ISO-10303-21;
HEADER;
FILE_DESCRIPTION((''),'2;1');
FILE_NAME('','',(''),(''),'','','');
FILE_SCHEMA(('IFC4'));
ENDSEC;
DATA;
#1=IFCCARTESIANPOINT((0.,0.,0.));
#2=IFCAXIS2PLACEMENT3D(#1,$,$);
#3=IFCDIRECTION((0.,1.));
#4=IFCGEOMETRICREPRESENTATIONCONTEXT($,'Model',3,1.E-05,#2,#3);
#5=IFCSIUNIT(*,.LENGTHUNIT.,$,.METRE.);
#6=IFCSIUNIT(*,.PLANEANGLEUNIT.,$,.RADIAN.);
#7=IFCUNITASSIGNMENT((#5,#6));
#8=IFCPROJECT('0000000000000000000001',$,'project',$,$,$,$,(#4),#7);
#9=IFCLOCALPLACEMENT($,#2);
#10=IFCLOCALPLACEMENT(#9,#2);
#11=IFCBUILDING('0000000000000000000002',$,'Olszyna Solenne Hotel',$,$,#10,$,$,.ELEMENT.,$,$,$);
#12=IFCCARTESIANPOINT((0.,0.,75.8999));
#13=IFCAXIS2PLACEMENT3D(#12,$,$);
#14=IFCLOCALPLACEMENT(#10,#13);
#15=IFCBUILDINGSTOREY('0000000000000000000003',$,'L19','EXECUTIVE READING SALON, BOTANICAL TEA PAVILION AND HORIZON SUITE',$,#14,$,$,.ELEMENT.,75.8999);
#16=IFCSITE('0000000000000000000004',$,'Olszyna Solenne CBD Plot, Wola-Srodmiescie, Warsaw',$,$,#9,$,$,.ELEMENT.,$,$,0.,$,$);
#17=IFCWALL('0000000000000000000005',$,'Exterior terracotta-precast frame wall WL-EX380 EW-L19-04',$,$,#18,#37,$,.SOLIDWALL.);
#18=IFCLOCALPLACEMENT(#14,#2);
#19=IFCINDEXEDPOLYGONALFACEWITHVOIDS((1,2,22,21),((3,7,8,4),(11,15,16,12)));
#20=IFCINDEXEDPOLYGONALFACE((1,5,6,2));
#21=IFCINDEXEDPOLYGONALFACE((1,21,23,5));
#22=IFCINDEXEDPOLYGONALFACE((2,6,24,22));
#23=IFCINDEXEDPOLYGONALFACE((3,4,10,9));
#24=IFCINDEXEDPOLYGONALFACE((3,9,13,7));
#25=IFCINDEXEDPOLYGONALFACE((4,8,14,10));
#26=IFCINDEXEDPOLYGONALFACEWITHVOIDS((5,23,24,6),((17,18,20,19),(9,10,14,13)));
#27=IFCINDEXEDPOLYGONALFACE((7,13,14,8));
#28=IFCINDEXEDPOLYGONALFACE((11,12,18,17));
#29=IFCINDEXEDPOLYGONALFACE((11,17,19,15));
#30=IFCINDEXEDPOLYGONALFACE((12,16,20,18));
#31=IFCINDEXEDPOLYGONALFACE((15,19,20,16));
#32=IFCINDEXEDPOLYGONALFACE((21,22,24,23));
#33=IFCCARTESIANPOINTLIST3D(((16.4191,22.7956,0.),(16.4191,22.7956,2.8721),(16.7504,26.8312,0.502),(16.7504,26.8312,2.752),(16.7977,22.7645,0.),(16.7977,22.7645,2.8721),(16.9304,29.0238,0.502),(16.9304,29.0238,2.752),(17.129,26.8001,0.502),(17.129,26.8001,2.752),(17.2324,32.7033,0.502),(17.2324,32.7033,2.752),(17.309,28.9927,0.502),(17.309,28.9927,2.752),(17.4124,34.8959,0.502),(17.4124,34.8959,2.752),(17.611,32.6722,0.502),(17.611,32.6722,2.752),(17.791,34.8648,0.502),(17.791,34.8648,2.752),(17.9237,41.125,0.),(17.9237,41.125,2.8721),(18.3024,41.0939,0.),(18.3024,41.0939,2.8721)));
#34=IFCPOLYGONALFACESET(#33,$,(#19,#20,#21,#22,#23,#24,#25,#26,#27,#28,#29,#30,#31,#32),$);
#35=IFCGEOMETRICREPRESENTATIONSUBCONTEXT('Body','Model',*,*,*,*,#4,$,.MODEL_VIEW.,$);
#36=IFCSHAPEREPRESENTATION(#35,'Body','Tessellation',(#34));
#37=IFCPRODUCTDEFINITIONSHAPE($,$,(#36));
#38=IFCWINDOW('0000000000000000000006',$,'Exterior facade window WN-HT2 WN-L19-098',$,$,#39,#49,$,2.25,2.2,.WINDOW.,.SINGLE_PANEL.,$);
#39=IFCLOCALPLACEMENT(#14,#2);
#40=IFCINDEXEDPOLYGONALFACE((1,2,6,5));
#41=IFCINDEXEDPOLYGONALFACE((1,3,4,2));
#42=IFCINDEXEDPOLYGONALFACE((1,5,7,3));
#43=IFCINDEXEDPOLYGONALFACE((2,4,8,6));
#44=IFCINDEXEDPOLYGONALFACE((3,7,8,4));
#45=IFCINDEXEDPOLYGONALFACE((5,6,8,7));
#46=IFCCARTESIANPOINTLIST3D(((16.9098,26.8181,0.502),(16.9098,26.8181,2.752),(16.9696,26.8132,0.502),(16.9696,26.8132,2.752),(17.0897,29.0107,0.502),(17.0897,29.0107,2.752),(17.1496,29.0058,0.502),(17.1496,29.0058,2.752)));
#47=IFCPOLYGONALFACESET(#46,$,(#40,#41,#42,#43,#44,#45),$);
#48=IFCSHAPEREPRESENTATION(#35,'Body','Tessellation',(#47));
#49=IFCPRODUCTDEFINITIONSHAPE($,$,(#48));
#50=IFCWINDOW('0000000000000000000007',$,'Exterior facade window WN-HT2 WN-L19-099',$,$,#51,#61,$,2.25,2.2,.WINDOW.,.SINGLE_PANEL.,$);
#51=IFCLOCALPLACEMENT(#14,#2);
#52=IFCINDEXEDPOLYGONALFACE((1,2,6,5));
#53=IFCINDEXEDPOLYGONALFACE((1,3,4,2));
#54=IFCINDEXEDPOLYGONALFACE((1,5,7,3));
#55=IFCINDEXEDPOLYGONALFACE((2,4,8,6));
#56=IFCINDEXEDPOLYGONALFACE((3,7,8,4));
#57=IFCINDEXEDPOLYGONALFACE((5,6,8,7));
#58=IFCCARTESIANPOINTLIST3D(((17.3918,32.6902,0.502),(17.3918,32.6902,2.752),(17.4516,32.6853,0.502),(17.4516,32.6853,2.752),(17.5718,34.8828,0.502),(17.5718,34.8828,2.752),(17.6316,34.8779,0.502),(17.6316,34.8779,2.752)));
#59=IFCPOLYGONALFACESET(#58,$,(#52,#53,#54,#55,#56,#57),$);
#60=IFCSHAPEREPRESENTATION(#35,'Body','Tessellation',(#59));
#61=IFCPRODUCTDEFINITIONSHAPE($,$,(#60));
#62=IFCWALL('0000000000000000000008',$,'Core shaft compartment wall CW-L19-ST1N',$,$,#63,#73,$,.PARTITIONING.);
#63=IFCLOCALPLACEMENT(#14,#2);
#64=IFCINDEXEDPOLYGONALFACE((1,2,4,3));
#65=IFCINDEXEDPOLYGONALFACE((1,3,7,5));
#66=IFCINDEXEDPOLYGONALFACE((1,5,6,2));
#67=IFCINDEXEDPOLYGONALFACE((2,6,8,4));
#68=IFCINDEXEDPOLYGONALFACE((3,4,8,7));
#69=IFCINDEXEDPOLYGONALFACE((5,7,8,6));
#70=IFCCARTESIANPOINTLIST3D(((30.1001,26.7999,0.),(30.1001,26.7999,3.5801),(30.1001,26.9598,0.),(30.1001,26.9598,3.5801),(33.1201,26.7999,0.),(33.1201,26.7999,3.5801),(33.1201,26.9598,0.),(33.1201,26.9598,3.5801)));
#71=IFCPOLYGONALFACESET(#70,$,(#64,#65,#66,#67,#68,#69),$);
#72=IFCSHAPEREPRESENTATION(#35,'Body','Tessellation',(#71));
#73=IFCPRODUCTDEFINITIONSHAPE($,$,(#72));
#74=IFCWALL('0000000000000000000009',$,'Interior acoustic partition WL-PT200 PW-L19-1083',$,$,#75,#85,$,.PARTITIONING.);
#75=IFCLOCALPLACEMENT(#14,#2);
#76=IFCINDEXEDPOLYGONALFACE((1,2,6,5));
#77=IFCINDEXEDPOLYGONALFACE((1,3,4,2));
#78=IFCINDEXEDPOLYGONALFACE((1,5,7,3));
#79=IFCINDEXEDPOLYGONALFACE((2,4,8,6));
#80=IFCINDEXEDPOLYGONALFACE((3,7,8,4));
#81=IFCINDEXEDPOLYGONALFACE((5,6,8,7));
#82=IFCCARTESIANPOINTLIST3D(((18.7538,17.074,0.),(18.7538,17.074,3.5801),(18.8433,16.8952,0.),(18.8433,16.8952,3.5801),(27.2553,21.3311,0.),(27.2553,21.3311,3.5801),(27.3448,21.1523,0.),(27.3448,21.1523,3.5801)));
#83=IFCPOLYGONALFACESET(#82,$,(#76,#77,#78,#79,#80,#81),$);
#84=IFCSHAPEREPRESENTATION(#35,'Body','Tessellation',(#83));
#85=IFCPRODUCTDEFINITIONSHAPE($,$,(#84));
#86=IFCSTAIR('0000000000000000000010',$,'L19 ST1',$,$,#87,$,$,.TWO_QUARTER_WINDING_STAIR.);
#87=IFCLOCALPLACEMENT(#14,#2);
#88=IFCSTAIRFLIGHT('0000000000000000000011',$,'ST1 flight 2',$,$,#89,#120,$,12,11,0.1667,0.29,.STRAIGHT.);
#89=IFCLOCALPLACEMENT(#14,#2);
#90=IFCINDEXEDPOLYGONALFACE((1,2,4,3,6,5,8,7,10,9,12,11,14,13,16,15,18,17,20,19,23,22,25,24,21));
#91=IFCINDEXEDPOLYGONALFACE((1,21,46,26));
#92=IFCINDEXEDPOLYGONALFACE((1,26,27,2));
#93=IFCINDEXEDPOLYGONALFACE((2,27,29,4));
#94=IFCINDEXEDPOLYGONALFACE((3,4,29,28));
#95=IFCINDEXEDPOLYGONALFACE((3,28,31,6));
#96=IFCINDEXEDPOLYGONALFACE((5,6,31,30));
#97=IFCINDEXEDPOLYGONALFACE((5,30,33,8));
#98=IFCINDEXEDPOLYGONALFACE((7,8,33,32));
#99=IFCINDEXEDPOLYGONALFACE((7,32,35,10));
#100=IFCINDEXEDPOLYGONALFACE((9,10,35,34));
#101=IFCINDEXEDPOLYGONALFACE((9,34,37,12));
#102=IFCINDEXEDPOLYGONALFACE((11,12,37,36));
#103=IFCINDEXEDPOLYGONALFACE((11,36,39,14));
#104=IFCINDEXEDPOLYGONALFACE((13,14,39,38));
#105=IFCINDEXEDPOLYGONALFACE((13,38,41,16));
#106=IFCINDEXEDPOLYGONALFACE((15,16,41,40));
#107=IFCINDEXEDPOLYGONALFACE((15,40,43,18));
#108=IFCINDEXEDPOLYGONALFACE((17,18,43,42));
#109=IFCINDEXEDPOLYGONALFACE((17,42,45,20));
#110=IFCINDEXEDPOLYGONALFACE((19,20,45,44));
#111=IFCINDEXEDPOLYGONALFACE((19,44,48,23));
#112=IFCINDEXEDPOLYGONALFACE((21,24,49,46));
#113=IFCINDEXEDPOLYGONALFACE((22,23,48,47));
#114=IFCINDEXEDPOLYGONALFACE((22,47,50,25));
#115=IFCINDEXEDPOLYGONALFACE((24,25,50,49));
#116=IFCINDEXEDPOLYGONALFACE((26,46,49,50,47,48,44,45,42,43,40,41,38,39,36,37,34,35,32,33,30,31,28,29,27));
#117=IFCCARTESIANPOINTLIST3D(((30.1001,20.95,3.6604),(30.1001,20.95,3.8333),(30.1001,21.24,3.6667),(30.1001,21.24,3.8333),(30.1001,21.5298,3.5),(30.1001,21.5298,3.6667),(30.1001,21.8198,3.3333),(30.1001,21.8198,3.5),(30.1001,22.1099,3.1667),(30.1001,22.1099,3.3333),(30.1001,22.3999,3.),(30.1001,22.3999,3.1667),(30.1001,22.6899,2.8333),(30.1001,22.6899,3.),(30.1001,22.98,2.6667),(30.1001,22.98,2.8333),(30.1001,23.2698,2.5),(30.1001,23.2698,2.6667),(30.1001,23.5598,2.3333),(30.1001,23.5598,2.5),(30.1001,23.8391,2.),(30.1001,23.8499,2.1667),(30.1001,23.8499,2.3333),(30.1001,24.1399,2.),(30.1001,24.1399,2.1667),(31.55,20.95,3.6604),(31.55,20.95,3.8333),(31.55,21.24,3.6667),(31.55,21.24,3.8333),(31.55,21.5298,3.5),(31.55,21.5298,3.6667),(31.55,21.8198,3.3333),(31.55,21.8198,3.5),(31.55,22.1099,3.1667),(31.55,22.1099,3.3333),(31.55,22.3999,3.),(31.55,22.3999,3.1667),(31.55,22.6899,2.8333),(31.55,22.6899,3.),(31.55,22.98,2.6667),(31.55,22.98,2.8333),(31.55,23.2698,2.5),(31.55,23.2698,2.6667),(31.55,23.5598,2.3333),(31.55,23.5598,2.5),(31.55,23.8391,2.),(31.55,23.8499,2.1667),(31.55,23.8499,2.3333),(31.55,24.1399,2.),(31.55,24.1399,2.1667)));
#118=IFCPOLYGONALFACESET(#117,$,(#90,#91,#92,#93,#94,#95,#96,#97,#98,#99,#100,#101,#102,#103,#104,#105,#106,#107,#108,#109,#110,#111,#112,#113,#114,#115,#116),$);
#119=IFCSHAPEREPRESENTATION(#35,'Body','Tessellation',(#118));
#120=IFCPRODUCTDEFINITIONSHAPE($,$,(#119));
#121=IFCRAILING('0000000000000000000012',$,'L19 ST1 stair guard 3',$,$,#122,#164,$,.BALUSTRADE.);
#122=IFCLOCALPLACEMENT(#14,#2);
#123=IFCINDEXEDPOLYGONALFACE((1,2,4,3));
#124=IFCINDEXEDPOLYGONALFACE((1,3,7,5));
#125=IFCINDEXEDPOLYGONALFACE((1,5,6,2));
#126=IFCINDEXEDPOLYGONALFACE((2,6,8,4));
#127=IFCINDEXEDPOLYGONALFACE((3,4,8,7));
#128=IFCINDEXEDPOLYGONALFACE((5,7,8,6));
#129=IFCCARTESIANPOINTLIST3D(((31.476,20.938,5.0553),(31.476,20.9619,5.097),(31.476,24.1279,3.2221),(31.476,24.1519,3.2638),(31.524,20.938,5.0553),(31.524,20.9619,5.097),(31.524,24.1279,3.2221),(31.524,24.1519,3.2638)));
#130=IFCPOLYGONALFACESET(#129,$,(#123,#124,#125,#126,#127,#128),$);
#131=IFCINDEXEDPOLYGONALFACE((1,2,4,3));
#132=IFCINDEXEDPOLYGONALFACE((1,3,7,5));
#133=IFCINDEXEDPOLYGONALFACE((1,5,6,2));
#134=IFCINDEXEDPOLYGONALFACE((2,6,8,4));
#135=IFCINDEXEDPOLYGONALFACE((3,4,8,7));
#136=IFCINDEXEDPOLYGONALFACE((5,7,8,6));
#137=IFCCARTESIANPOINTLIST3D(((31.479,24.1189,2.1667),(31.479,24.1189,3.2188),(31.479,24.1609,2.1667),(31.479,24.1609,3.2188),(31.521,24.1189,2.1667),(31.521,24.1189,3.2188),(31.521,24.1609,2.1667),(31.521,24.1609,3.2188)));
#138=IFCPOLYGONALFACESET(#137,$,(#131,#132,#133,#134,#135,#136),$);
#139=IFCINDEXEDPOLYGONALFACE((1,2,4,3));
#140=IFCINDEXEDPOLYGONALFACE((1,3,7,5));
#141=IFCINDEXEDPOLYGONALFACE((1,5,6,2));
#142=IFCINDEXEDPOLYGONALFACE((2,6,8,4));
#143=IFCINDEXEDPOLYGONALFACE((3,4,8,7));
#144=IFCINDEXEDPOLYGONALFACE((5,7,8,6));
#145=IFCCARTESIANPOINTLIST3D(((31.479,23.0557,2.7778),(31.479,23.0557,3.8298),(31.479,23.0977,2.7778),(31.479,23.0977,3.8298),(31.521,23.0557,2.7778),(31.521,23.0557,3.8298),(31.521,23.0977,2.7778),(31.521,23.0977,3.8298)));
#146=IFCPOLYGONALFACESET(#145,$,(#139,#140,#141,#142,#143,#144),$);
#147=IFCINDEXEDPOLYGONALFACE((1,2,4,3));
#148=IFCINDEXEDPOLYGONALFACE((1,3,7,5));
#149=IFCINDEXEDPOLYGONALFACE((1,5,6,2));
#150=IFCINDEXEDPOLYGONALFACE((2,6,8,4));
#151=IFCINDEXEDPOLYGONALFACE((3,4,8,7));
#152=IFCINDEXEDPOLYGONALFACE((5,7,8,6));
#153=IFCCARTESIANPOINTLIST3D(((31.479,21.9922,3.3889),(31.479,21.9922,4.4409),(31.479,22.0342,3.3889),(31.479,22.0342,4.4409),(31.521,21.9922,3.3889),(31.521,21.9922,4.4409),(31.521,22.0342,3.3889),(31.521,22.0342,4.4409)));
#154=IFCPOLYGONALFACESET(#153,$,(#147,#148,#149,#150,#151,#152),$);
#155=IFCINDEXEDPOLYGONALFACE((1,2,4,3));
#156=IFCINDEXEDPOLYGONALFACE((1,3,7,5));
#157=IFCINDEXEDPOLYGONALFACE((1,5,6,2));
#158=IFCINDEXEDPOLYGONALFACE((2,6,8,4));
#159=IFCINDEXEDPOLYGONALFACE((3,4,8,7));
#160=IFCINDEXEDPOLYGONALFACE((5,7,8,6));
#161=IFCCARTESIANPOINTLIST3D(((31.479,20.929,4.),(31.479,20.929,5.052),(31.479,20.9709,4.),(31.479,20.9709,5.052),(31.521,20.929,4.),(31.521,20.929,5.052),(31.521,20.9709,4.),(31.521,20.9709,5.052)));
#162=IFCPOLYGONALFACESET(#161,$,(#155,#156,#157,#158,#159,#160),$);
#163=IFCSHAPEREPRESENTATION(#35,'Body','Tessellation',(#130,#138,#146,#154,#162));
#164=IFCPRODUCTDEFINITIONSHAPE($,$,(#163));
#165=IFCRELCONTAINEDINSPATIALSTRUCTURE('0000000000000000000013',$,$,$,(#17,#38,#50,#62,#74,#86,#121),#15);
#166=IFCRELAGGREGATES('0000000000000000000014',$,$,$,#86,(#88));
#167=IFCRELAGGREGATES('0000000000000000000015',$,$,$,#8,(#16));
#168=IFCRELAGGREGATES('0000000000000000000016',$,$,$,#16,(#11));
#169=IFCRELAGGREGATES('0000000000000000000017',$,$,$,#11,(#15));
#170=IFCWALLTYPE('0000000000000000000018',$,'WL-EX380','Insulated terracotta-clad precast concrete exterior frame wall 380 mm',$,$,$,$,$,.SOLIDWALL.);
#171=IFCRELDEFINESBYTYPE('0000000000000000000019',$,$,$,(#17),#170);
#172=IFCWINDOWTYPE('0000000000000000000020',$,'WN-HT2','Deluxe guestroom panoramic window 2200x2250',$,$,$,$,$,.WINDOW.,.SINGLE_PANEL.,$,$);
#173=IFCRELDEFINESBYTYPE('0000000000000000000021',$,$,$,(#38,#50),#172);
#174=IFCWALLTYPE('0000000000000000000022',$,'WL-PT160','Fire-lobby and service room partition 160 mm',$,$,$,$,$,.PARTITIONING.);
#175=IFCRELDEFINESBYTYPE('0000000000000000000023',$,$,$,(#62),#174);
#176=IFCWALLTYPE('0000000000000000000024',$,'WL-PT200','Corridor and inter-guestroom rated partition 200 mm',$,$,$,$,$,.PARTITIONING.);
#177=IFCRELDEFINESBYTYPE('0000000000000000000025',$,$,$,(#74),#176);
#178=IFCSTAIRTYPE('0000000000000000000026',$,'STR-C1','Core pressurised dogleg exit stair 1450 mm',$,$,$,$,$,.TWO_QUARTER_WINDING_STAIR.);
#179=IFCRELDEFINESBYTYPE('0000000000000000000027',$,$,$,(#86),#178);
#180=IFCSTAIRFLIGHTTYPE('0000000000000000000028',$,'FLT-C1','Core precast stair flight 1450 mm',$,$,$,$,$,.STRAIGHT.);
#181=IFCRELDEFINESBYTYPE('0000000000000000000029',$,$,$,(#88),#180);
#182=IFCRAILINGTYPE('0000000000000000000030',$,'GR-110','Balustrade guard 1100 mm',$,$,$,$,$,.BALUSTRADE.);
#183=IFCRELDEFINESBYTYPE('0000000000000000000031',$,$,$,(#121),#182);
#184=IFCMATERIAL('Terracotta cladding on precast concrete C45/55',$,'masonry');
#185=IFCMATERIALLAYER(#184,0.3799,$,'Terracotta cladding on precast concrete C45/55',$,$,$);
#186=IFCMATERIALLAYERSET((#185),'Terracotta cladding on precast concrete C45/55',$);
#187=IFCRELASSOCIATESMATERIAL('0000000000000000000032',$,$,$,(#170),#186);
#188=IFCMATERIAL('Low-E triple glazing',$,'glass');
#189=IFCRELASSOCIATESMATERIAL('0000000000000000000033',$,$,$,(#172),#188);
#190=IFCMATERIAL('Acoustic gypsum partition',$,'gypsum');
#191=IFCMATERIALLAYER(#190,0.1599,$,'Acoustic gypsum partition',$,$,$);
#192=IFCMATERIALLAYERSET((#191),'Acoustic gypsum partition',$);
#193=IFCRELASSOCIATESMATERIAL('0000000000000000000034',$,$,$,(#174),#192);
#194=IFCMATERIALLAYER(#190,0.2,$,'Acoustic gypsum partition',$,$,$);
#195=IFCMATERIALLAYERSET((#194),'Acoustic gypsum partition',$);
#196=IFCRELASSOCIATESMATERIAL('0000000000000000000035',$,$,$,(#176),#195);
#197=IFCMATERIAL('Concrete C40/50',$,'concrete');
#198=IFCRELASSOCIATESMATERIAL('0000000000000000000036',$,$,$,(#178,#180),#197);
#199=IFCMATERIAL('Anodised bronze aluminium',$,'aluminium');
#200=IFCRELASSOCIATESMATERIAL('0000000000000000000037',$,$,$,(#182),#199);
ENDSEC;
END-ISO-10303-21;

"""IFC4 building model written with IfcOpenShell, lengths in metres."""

from ifc_helpers import new_model, si_unit, direction, frame, frame_2d, origin, origin_2d, place, context, subcontext, project, spatial, polyline, rectangle, outline, extrude, source, transform, mapped, material, layer, layer_set, type_object, type_shapes, element, fill, aggregate, save


model = new_model("IFC4")

# Units and contexts
model_context = context("Model", 3, precision=1e-05, world=origin(), true_north=direction((0.0, 1.0)))
body_context = subcontext(model_context, "Body", "Model", "MODEL_VIEW")
ifc_project = project(units=[si_unit("LENGTHUNIT", "METRE"), si_unit("PLANEANGLEUNIT", "RADIAN")], contexts=[model_context])

# Site, building, storey
site_placement = place(None, origin())
site = spatial("IfcSite", under=ifc_project, at=site_placement, Name="Olszyna Solenne CBD Plot, Wola-Srodmiescie, Warsaw", CompositionType="ELEMENT", RefElevation=0.0)
building_placement = place(site_placement, origin())
building = spatial("IfcBuilding", under=site, at=building_placement, Name="Olszyna Solenne Hotel", CompositionType="ELEMENT")
storey_placement = place(building_placement, frame((0.0, 0.0, 75.8999)))
storey = spatial("IfcBuildingStorey", under=building, at=storey_placement, Name="L19", Description="EXECUTIVE READING SALON, BOTANICAL TEA PAVILION AND HORIZON SUITE", CompositionType="ELEMENT", Elevation=75.8999)

# Wall, openings, windows
ifc_material_1 = material(Name="Terracotta cladding on precast concrete C45/55", Category="masonry")
ifc_layer_1 = layer(ifc_material_1, 0.3799, Name="Terracotta cladding on precast concrete C45/55")
ifc_layer_set_1 = layer_set([ifc_layer_1], Name="Terracotta cladding on precast concrete C45/55")
wall_type_1 = type_object("IfcWallType", Name="WL-EX380", Description="Insulated terracotta-clad precast concrete exterior frame wall 380 mm", PredefinedType="SOLIDWALL", material=ifc_layer_set_1)
wall_1_placement = place(storey_placement, frame((16.6084, 22.78, 0.0), z_axis=(0.0, 0.0, 1.0), x_axis=(0.081814, 0.996648, 0.0)))
wall_1 = element("IfcWall", 1, at=wall_1_placement, inside=storey, type_object=wall_type_1, Name="Exterior terracotta-precast frame wall WL-EX380 EW-L19-04", PredefinedType="SOLIDWALL", context=body_context, shape_type="SweptSolid", body=[
    extrude(rectangle(XDim=18.3911, YDim=0.3799, at=frame_2d((9.1956, 0.0))), origin(), (0.0, 0.0, 1.0), 2.8721),
])
opening_1_placement = place(wall_1_placement, frame((4.0491, 0.0, 0.502)))
opening_1 = element("IfcOpeningElement", 2, at=opening_1_placement, cuts=wall_1, PredefinedType="OPENING", context=body_context, shape_type="SweptSolid", body=[
    extrude(rectangle(XDim=2.2, YDim=2.25, at=frame_2d((1.1001, 1.125))), frame((0.0, 0.2, 0.0), z_axis=(0.0, -1.0, 0.0), x_axis=(1.0, 0.0, 0.0)), (0.0, 0.0, 1.0), 0.3999),
])
opening_2_placement = place(wall_1_placement, frame((9.9409, 0.0, 0.502)))
opening_2 = element("IfcOpeningElement", 3, at=opening_2_placement, cuts=wall_1, PredefinedType="OPENING", context=body_context, shape_type="SweptSolid", body=[
    extrude(rectangle(XDim=2.2, YDim=2.25, at=frame_2d((1.1001, 1.125))), frame((0.0, 0.2, 0.0), z_axis=(0.0, -1.0, 0.0), x_axis=(1.0, 0.0, 0.0)), (0.0, 0.0, 1.0), 0.3999),
])
ifc_material_2 = material(Name="Low-E triple glazing", Category="glass")
window_type = type_object("IfcWindowType", Name="WN-HT2", Description="Deluxe guestroom panoramic window 2200x2250", PartitioningType="SINGLE_PANEL", PredefinedType="WINDOW", material=ifc_material_2)
shared_shape_1 = source(origin(), body_context, "Body", "SweptSolid", [
    extrude(rectangle(XDim=2.2, YDim=2.25, at=frame_2d((1.1001, 1.125))), frame((0.0, 0.03, 0.0), z_axis=(0.0, -1.0, 0.0), x_axis=(1.0, 0.0, 0.0)), (0.0, 0.0, 1.0), 0.0601),
])
type_shapes(window_type, [shared_shape_1])
window_1_placement = place(opening_1_placement, origin())
window_1 = element("IfcWindow", 4, at=window_1_placement, inside=storey, type_object=window_type, Name="Exterior facade window WN-HT2 WN-L19-098", OverallHeight=2.25, OverallWidth=2.2, PartitioningType="SINGLE_PANEL", PredefinedType="WINDOW", context=body_context, shape_type="MappedRepresentation", body=[
    mapped(shared_shape_1, transform((0.0, 0.0, 0.0), x_axis=(1.0, 0.0, 0.0), y_axis=(0.0, 1.0, 0.0), z_axis=(0.0, 0.0, 1.0), scale=1.0)),
])
fill(opening_1, window_1)
window_2_placement = place(opening_2_placement, origin())
window_2 = element("IfcWindow", 5, at=window_2_placement, inside=storey, type_object=window_type, Name="Exterior facade window WN-HT2 WN-L19-099", OverallHeight=2.25, OverallWidth=2.2, PartitioningType="SINGLE_PANEL", PredefinedType="WINDOW", context=body_context, shape_type="MappedRepresentation", body=[
    mapped(shared_shape_1, transform((0.0, 0.0, 0.0), x_axis=(1.0, 0.0, 0.0), y_axis=(0.0, 1.0, 0.0), z_axis=(0.0, 0.0, 1.0), scale=1.0)),
])
fill(opening_2, window_2)

# Walls
ifc_material_3 = material(Name="Acoustic gypsum partition", Category="gypsum")
ifc_layer_2 = layer(ifc_material_3, 0.1599, Name="Acoustic gypsum partition")
ifc_layer_set_2 = layer_set([ifc_layer_2], Name="Acoustic gypsum partition")
wall_type_2 = type_object("IfcWallType", Name="WL-PT160", Description="Fire-lobby and service room partition 160 mm", PredefinedType="PARTITIONING", material=ifc_layer_set_2)
wall_2_placement = place(storey_placement, frame((30.1001, 26.8799, 0.0), z_axis=(0.0, 0.0, 1.0), x_axis=(1.0, 0.0, 0.0)))
element("IfcWall", 6, at=wall_2_placement, inside=storey, type_object=wall_type_2, Name="Core shaft compartment wall CW-L19-ST1N", PredefinedType="PARTITIONING", context=body_context, shape_type="SweptSolid", body=[
    extrude(rectangle(XDim=3.02, YDim=0.1599, at=frame_2d((1.51, 0.0))), origin(), (0.0, 0.0, 1.0), 3.5801),
])
ifc_layer_3 = layer(ifc_material_3, 0.2, Name="Acoustic gypsum partition")
ifc_layer_set_3 = layer_set([ifc_layer_3], Name="Acoustic gypsum partition")
wall_type_3 = type_object("IfcWallType", Name="WL-PT200", Description="Corridor and inter-guestroom rated partition 200 mm", PredefinedType="PARTITIONING", material=ifc_layer_set_3)
wall_3_placement = place(storey_placement, frame((27.3, 21.2417, 0.0), z_axis=(0.0, 0.0, 1.0), x_axis=(-0.89416, -0.447748, 0.0)))
element("IfcWall", 7, at=wall_3_placement, inside=storey, type_object=wall_type_3, Name="Interior acoustic partition WL-PT200 PW-L19-1083", PredefinedType="PARTITIONING", context=body_context, shape_type="SweptSolid", body=[
    extrude(rectangle(XDim=9.5078, YDim=0.2, at=frame_2d((4.7539, 0.0))), origin(), (0.0, 0.0, 1.0), 3.5801),
])

# Stair, stair flight
ifc_material_4 = material(Name="Concrete C40/50", Category="concrete")
stair_type = type_object("IfcStairType", Name="STR-C1", Description="Core pressurised dogleg exit stair 1450 mm", PredefinedType="TWO_QUARTER_WINDING_STAIR", material=ifc_material_4)
stair_placement = place(storey_placement, origin())
stair = element("IfcStair", 8, at=stair_placement, inside=storey, type_object=stair_type, Name="L19 ST1", PredefinedType="TWO_QUARTER_WINDING_STAIR")
stair_flight_type = type_object("IfcStairFlightType", Name="FLT-C1", Description="Core precast stair flight 1450 mm", PredefinedType="STRAIGHT", material=ifc_material_4)
stair_flight_placement = place(storey_placement, frame((30.825, 24.1399, 2.0), z_axis=(0.0, 0.0, 1.0), x_axis=(0.0, -1.0, 0.0)))
stair_flight = element("IfcStairFlight", 9, at=stair_flight_placement, type_object=stair_flight_type, Name="ST1 flight 2", NumberOfRisers=12, NumberOfTreads=11, PredefinedType="STRAIGHT", RiserHeight=0.1667, TreadLength=0.29, context=body_context, shape_type="SweptSolid", body=[
    extrude(outline(polyline([(0.0, 0.0), (0.0, 0.1667), (0.29, 0.1667), (0.29, 0.3333), (0.5801, 0.3333), (0.5801, 0.5), (0.8701, 0.5), (0.8701, 0.6667), (1.1599, 0.6667), (1.1599, 0.8333), (1.45, 0.8333), (1.45, 1.0), (1.74, 1.0), (1.74, 1.1667), (2.03, 1.1667), (2.03, 1.3333), (2.3201, 1.3333), (2.3201, 1.5), (2.6101, 1.5), (2.6101, 1.6667), (2.8999, 1.6667), (2.8999, 1.8333), (3.1899, 1.8333), (3.1899, 2.0), (3.1899, 1.6604), (0.3008, 0.0), (0.0, 0.0)])), frame((0.0, 0.7251, 0.0), z_axis=(0.0, -1.0, 0.0), x_axis=(1.0, 0.0, 0.0)), (0.0, 0.0, 1.0), 1.45),
])
aggregate(stair, [stair_flight])

# Railing
ifc_material_5 = material(Name="Anodised bronze aluminium", Category="aluminium")
railing_type_1 = type_object("IfcRailingType", Name="GR-110", Description="Balustrade guard 1100 mm", PredefinedType="BALUSTRADE", material=ifc_material_5)
railing_1_placement = place(storey_placement, frame((31.5, 24.1399, 2.1667)))
element("IfcRailing", 10, at=railing_1_placement, inside=storey, type_object=railing_type_1, Name="L19 ST1 stair guard 3", PredefinedType="BALUSTRADE", context=body_context, shape_type="SweptSolid", body=[
    extrude(rectangle(XDim=0.0481, YDim=0.0481, at=origin_2d()), frame((0.0, 0.0, 1.0762), z_axis=(0.0, -0.86702, 0.498274), x_axis=(1.0, 0.0, 0.0)), (0.0, 0.0, 1.0), 3.6792),
    extrude(rectangle(XDim=0.042, YDim=0.042, at=origin_2d()), origin(), (0.0, 0.0, 1.0), 1.052),
    extrude(rectangle(XDim=0.042, YDim=0.042, at=origin_2d()), frame((0.0, -1.0632, 0.6111)), (0.0, 0.0, 1.0), 1.052),
    extrude(rectangle(XDim=0.042, YDim=0.042, at=origin_2d()), frame((0.0, -2.1267, 1.2222)), (0.0, 0.0, 1.0), 1.052),
    extrude(rectangle(XDim=0.042, YDim=0.042, at=origin_2d()), frame((0.0, -3.1899, 1.8333)), (0.0, 0.0, 1.0), 1.052),
])

save(model, "model.ifc")
